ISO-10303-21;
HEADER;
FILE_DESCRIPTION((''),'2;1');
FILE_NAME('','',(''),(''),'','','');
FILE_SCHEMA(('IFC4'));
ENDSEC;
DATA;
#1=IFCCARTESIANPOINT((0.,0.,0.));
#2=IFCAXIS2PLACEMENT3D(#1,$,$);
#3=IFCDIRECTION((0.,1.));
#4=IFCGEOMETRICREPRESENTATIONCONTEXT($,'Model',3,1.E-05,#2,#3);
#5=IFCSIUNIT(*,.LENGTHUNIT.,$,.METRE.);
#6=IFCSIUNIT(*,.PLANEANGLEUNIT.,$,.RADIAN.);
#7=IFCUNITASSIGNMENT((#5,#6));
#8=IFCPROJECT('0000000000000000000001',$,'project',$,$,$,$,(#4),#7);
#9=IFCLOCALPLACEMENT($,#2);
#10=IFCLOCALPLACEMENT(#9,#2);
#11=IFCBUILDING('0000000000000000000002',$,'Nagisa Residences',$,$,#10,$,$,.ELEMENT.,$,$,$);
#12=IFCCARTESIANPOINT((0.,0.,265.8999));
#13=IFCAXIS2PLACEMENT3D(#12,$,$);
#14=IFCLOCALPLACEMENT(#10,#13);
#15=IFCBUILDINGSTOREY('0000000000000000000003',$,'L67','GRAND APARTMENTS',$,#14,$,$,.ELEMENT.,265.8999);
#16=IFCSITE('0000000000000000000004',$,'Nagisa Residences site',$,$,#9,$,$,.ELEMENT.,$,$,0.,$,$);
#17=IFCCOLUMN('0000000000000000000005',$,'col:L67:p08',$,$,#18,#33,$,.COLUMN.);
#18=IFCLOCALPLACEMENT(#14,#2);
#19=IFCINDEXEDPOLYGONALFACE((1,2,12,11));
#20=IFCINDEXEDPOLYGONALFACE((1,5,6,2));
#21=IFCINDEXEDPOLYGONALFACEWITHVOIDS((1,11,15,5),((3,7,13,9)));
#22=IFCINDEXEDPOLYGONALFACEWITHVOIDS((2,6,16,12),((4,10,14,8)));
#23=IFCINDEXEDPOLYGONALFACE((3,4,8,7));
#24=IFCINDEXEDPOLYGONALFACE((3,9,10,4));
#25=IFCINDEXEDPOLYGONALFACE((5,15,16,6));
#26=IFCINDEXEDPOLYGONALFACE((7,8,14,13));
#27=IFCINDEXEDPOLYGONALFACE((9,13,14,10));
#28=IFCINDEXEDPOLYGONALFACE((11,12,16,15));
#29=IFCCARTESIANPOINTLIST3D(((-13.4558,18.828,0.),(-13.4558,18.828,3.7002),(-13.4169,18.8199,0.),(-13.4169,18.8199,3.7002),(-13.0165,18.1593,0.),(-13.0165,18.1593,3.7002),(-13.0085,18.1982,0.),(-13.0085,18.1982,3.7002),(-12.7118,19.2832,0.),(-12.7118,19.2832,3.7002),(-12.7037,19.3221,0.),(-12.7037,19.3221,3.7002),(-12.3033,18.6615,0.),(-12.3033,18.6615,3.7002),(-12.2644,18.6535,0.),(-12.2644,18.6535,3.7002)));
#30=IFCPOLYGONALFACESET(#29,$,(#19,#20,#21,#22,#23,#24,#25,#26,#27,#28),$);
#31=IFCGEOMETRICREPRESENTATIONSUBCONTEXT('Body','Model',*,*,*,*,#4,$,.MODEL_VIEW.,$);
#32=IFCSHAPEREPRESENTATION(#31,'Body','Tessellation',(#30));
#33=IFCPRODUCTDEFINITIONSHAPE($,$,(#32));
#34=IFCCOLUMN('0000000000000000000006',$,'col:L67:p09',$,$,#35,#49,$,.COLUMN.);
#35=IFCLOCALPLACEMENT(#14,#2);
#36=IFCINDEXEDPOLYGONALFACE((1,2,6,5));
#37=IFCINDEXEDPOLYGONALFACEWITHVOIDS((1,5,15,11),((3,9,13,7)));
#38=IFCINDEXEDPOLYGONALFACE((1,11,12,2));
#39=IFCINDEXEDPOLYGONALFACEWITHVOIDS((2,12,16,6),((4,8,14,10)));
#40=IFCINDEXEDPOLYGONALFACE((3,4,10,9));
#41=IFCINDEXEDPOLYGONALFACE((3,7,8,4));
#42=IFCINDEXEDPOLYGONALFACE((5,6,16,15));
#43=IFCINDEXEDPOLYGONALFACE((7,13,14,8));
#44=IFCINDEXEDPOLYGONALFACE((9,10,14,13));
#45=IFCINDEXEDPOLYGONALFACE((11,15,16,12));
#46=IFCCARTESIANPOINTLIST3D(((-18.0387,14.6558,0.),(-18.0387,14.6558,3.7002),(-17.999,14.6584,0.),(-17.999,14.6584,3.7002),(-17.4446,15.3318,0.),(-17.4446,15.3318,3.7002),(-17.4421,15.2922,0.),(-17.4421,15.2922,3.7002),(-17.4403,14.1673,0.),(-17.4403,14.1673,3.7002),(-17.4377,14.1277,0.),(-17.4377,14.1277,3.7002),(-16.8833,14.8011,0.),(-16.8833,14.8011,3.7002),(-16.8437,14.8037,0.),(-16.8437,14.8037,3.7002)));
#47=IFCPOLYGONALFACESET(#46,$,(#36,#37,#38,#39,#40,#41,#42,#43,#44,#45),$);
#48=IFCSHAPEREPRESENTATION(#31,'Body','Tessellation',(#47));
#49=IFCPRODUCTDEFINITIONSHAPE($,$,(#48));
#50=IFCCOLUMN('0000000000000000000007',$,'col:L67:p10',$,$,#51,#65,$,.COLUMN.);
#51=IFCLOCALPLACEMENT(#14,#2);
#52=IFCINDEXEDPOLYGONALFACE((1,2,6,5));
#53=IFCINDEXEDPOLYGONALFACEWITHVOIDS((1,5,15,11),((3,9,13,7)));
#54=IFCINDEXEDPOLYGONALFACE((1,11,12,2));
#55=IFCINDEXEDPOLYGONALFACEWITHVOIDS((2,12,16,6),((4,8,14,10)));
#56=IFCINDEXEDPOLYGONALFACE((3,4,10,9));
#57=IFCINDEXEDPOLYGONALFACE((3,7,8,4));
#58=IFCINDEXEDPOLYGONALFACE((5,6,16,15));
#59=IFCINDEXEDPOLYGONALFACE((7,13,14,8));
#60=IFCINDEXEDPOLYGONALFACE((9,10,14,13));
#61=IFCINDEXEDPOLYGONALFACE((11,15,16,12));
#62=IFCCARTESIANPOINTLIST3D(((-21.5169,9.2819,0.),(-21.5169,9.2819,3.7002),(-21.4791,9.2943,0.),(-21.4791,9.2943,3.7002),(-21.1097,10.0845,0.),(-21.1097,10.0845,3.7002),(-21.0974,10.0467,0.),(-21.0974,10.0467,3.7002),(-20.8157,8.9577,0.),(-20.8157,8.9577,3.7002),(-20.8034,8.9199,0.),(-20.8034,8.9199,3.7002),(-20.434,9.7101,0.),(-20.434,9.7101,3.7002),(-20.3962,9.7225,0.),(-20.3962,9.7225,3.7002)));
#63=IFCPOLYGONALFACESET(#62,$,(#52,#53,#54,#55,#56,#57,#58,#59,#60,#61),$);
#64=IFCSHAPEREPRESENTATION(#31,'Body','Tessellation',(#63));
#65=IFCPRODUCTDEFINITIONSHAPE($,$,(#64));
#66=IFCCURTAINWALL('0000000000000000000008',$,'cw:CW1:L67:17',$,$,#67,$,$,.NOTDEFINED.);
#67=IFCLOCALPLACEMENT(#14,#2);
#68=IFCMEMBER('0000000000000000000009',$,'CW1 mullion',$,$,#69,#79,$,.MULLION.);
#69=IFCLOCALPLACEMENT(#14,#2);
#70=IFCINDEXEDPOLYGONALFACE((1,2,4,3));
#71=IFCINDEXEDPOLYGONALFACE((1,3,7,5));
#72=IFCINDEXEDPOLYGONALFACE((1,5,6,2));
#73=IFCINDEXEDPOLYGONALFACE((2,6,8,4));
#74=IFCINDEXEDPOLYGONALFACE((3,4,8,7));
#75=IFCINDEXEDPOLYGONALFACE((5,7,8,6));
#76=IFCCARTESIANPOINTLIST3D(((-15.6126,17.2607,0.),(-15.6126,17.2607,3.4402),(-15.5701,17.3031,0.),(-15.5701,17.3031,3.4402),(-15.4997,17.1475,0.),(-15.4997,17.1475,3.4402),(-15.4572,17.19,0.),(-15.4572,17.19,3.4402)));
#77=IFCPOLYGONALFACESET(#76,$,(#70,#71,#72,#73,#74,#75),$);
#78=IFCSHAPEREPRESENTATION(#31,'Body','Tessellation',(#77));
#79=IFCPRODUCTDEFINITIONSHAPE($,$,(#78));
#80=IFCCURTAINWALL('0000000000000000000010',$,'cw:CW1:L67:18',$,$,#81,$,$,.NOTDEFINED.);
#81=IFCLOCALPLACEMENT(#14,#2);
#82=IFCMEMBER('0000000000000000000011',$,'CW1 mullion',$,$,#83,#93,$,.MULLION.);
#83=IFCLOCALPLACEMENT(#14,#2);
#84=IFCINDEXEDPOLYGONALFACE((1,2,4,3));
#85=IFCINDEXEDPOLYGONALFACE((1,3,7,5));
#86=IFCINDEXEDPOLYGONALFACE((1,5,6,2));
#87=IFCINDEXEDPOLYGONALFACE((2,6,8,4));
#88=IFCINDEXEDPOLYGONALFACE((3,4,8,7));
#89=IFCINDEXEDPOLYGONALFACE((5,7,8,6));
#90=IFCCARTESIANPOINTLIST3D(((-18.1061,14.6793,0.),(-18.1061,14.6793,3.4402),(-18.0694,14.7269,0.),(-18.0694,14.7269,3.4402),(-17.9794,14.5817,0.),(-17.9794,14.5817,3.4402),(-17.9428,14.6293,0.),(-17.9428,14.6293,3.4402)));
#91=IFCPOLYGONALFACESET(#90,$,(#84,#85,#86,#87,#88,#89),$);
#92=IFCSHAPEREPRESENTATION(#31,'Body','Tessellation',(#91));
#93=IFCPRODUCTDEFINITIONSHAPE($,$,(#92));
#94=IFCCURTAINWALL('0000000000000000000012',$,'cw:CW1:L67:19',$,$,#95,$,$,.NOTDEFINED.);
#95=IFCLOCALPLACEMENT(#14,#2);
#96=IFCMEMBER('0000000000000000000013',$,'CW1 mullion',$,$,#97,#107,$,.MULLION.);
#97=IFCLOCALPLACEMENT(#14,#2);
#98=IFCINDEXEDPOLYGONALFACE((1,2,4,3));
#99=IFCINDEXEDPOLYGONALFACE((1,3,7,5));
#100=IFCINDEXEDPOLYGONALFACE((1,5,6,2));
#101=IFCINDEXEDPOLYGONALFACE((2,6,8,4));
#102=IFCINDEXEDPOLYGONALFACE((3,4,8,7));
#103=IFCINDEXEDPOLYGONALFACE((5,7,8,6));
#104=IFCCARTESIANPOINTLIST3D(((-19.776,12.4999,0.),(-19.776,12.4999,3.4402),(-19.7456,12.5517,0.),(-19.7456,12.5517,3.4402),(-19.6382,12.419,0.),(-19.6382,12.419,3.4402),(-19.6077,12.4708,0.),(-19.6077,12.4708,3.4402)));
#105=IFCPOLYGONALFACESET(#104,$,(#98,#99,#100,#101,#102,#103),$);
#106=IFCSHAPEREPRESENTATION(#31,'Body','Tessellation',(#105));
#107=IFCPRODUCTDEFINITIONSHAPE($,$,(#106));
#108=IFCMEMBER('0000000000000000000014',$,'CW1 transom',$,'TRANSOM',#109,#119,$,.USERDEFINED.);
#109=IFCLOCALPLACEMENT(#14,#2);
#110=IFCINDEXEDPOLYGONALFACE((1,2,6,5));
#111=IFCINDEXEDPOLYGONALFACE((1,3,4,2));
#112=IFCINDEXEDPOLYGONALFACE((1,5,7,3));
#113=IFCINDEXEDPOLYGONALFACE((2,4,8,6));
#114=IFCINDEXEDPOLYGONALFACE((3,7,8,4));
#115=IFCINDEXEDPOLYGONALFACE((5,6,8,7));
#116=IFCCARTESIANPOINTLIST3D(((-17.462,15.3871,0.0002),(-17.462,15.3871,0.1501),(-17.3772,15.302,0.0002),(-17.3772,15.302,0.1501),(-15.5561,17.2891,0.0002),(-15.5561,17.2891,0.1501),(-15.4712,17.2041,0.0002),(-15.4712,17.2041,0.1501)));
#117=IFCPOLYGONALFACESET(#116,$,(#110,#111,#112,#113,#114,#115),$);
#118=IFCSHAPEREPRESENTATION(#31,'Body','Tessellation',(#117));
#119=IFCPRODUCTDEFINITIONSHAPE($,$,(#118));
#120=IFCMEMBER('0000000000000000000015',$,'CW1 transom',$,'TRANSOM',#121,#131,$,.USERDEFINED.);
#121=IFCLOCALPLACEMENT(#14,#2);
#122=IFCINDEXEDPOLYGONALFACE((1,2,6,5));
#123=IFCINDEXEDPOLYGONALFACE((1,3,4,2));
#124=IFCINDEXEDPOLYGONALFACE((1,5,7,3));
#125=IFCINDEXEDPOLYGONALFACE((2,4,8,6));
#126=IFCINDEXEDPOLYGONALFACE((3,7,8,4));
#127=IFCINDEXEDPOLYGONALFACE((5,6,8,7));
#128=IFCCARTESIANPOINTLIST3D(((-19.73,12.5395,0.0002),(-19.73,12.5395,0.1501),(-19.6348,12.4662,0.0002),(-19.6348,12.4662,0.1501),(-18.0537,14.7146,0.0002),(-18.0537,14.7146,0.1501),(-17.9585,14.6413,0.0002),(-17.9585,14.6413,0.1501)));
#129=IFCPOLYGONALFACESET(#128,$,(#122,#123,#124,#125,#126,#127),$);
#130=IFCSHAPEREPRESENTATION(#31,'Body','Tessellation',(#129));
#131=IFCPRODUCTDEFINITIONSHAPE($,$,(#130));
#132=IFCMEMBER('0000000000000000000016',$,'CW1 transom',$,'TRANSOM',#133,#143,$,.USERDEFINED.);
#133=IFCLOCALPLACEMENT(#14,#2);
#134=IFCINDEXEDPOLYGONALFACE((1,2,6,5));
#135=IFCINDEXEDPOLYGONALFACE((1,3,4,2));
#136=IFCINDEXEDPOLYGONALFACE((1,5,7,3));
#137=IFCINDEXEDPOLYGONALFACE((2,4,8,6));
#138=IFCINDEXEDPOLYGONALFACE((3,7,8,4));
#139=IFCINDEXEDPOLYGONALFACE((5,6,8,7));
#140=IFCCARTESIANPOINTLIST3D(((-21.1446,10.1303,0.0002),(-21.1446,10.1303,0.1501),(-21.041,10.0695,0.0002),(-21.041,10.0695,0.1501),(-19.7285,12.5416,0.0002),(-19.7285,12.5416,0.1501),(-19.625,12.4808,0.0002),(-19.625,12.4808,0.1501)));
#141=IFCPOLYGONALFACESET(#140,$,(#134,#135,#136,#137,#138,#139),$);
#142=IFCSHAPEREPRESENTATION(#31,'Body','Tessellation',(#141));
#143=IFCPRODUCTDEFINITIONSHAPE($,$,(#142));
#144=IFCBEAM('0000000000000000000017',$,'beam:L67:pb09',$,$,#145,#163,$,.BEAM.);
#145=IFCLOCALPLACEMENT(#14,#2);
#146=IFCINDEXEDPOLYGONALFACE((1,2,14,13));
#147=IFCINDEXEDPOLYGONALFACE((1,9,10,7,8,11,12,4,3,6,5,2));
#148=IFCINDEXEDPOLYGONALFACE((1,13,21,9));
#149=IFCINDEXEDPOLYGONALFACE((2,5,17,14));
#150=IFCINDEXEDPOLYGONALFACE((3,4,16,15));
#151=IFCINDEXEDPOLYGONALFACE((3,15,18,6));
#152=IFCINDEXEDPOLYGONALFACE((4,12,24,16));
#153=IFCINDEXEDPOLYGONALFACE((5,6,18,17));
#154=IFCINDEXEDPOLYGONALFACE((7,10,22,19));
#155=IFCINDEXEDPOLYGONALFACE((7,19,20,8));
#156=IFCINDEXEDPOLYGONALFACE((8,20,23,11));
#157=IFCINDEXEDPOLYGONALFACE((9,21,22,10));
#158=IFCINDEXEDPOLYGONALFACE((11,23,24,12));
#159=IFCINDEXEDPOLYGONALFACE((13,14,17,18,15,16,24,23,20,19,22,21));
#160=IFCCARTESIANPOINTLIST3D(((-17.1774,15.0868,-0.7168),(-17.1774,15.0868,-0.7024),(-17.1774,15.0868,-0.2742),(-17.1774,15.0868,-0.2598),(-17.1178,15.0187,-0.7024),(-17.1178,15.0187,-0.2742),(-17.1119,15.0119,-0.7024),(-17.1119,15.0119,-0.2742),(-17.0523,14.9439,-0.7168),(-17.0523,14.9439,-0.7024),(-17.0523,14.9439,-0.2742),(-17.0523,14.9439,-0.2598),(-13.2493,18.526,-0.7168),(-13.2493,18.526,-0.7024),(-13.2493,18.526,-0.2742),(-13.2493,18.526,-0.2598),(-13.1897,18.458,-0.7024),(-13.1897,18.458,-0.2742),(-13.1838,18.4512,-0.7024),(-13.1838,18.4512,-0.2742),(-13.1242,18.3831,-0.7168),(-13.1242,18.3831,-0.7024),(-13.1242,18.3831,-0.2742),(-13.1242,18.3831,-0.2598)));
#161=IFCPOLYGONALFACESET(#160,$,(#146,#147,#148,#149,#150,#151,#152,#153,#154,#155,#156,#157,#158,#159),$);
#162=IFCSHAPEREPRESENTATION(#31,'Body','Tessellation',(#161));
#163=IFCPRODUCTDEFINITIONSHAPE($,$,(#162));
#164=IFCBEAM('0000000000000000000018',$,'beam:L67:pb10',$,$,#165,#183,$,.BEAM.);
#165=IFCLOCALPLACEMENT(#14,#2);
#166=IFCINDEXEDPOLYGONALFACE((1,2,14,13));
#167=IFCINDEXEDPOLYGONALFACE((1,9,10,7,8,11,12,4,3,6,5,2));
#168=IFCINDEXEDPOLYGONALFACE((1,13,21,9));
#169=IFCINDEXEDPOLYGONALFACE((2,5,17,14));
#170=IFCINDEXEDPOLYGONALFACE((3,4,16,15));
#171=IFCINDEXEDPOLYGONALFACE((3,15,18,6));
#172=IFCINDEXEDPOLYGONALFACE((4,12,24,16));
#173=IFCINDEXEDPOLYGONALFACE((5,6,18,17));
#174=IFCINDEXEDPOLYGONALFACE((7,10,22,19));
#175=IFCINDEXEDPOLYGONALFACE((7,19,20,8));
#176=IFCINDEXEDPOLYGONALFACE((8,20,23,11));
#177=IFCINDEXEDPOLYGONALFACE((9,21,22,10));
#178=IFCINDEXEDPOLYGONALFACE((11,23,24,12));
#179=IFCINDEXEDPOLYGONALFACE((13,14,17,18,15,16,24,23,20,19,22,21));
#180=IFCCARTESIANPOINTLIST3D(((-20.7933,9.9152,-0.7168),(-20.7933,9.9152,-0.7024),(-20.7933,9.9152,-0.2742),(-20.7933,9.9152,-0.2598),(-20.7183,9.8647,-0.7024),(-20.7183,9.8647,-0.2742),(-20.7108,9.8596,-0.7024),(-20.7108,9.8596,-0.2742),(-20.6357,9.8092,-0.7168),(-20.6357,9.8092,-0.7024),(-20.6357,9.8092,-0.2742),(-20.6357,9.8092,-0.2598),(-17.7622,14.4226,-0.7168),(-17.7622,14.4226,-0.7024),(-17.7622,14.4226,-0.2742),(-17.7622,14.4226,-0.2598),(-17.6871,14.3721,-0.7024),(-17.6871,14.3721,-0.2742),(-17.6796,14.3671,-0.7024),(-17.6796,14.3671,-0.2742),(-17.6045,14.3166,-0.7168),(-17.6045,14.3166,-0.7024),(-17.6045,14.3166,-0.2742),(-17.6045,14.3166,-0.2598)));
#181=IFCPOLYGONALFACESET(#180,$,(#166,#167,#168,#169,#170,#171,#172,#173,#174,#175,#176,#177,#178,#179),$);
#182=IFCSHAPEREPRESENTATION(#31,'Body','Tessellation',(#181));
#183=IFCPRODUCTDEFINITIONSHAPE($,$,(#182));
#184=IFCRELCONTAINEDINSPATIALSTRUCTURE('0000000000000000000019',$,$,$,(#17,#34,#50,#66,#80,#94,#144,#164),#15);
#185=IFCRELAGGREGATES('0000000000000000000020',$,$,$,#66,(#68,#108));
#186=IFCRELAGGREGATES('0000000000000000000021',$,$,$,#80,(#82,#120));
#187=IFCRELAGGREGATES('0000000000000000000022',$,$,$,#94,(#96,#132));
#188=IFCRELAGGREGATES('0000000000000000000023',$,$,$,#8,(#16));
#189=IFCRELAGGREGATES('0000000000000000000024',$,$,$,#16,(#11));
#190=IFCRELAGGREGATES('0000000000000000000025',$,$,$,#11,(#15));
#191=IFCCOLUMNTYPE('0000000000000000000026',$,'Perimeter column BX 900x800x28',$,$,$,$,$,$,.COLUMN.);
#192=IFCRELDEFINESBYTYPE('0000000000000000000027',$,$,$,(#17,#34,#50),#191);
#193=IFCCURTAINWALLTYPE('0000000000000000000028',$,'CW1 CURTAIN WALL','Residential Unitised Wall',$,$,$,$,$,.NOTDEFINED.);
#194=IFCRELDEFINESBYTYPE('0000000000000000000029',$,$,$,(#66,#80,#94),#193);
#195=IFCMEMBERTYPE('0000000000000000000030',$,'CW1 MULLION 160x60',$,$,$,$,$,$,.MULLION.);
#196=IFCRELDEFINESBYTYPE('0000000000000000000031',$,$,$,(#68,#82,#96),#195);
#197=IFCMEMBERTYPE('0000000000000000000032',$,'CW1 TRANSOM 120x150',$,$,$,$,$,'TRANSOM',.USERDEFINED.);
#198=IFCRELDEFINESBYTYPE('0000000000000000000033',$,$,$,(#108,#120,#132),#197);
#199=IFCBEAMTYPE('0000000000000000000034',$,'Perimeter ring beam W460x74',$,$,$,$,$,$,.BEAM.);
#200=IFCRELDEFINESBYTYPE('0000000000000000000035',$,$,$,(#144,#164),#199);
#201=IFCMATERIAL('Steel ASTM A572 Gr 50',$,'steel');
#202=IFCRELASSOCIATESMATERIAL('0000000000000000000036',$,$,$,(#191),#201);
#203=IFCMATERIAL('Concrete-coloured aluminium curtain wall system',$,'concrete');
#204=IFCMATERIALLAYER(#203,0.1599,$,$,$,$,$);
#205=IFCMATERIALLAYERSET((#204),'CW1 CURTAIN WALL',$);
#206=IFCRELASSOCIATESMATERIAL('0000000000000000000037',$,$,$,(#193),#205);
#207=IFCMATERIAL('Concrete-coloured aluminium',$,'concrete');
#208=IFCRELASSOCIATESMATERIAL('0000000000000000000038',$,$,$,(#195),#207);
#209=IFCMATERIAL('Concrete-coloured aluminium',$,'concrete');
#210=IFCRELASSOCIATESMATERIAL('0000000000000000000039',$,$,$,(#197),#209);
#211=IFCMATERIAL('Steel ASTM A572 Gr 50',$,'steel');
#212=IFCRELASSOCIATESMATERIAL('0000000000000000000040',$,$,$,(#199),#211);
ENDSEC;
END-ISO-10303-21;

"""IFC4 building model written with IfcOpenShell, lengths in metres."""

from ifc_helpers import new_model, si_unit, direction, frame, origin, origin_2d, place, context, subcontext, project, spatial, rectangle, hollow_rectangle, i_section, extrude, material, layer, layer_set, material_profile, profile_set, type_object, element, aggregate, save


model = new_model("IFC4")

# Units and contexts
model_context = context("Model", 3, precision=1e-05, world=origin(), true_north=direction((0.0, 1.0)))
body_context = subcontext(model_context, "Body", "Model", "MODEL_VIEW")
ifc_project = project(units=[si_unit("LENGTHUNIT", "METRE"), si_unit("PLANEANGLEUNIT", "RADIAN")], contexts=[model_context])

# Site, building, storey
site_placement = place(None, origin())
site = spatial("IfcSite", under=ifc_project, at=site_placement, Name="Nagisa Residences site", CompositionType="ELEMENT", RefElevation=0.0)
building_placement = place(site_placement, origin())
building = spatial("IfcBuilding", under=site, at=building_placement, Name="Nagisa Residences", CompositionType="ELEMENT")
storey_placement = place(building_placement, frame((0.0, 0.0, 265.8999)))
storey = spatial("IfcBuildingStorey", under=building, at=storey_placement, Name="L67", Description="GRAND APARTMENTS", CompositionType="ELEMENT", Elevation=265.8999)

# Columns
ifc_material_1 = material(Name="Steel ASTM A572 Gr 50", Category="steel")
ifc_material_profile_1 = material_profile(ifc_material_1, hollow_rectangle(XDim=0.8999, YDim=0.8, WallThickness=0.0281, at=origin_2d()), Name="BX 900x800x28")
ifc_profile_set_1 = profile_set([ifc_material_profile_1], Name="Steel ASTM A572 Gr 50")
column_type = type_object("IfcColumnType", Name="Perimeter column BX 900x800x28", PredefinedType="COLUMN", material=ifc_profile_set_1)
for number, where, z_axis, x_axis, name in (
    (1, (-12.8601, 18.7407, 0.0), (0.0, 0.0, 1.0), (-0.835766, -0.549086, 0.0), "col:L67:p08"),
    (2, (-17.4412, 14.7297, 0.0), (0.0, 0.0, 1.0), (-0.660115, -0.751165, 0.0), "col:L67:p09"),
    (3, (-20.9565, 9.5022, 0.0), (0.0, 0.0, 1.0), (-0.452463, -0.891783, 0.0), "col:L67:p10"),
):
    element("IfcColumn", number, at=place(storey_placement, frame(where, z_axis=z_axis, x_axis=x_axis)), inside=storey, type_object=column_type, Name=name, PredefinedType="COLUMN", context=body_context, shape_type="SweptSolid", body=[
        extrude(hollow_rectangle(XDim=0.8999, YDim=0.8, WallThickness=0.0281, at=origin_2d()), origin(), (0.0, 0.0, 1.0), 3.7002),
    ])

# Curtain walls, members
ifc_material_2 = material(Name="Concrete-coloured aluminium curtain wall system", Category="concrete")
ifc_layer_1 = layer(ifc_material_2, 0.1599)
ifc_layer_set_1 = layer_set([ifc_layer_1], Name="CW1 CURTAIN WALL")
curtain_wall_type = type_object("IfcCurtainWallType", Name="CW1 CURTAIN WALL", Description="Residential Unitised Wall", PredefinedType="NOTDEFINED", material=ifc_layer_set_1)
curtain_wall_1_placement = place(storey_placement, origin())
curtain_wall_1 = element("IfcCurtainWall", 4, at=curtain_wall_1_placement, inside=storey, type_object=curtain_wall_type, Name="cw:CW1:L67:17", PredefinedType="NOTDEFINED")
ifc_material_3 = material(Name="Concrete-coloured aluminium", Category="concrete")
ifc_material_profile_2 = material_profile(ifc_material_3, rectangle(XDim=0.1599, YDim=0.0601, at=origin_2d()), Name="CW1 MULLION 160x60")
ifc_profile_set_2 = profile_set([ifc_material_profile_2], Name="Concrete-coloured aluminium")
member_type_1 = type_object("IfcMemberType", Name="CW1 MULLION 160x60", PredefinedType="MULLION", material=ifc_profile_set_2)
member_1_placement = place(storey_placement, frame((-15.5349, 17.2253, 0.0), z_axis=(0.0, 0.0, 1.0), x_axis=(0.706377, -0.707836, 0.0)))
member_1 = element("IfcMember", 5, at=member_1_placement, type_object=member_type_1, Name="CW1 mullion", PredefinedType="MULLION", context=body_context, shape_type="SweptSolid", body=[
    extrude(rectangle(XDim=0.1599, YDim=0.0601, at=origin_2d()), origin(), (0.0, 0.0, 1.0), 3.4402),
])
curtain_wall_2_placement = place(storey_placement, origin())
curtain_wall_2 = element("IfcCurtainWall", 6, at=curtain_wall_2_placement, inside=storey, type_object=curtain_wall_type, Name="cw:CW1:L67:18", PredefinedType="NOTDEFINED")
member_2_placement = place(storey_placement, frame((-18.0244, 14.6543, 0.0), z_axis=(0.0, 0.0, 1.0), x_axis=(0.79207, -0.61043, 0.0)))
member_2 = element("IfcMember", 7, at=member_2_placement, type_object=member_type_1, Name="CW1 mullion", PredefinedType="MULLION", context=body_context, shape_type="SweptSolid", body=[
    extrude(rectangle(XDim=0.1599, YDim=0.0601, at=origin_2d()), origin(), (0.0, 0.0, 1.0), 3.4402),
])
curtain_wall_3_placement = place(storey_placement, origin())
curtain_wall_3 = element("IfcCurtainWall", 8, at=curtain_wall_3_placement, inside=storey, type_object=curtain_wall_type, Name="cw:CW1:L67:19", PredefinedType="NOTDEFINED")
member_3_placement = place(storey_placement, frame((-19.6919, 12.4854, 0.0), z_axis=(0.0, 0.0, 1.0), x_axis=(0.862329, -0.506349, 0.0)))
member_3 = element("IfcMember", 9, at=member_3_placement, type_object=member_type_1, Name="CW1 mullion", PredefinedType="MULLION", context=body_context, shape_type="SweptSolid", body=[
    extrude(rectangle(XDim=0.1599, YDim=0.0601, at=origin_2d()), origin(), (0.0, 0.0, 1.0), 3.4402),
])

# Members
ifc_material_4 = material(Name="Concrete-coloured aluminium", Category="concrete")
ifc_material_profile_3 = material_profile(ifc_material_4, rectangle(XDim=0.1201, YDim=0.1499, at=origin_2d()), Name="CW1 TRANSOM 120x150")
ifc_profile_set_3 = profile_set([ifc_material_profile_3], Name="Concrete-coloured aluminium")
member_type_2 = type_object("IfcMemberType", Name="CW1 TRANSOM 120x150", ElementType="TRANSOM", PredefinedType="USERDEFINED", material=ifc_profile_set_3)
member_4_placement = place(storey_placement, frame((-15.5137, 17.2466, 0.0752), z_axis=(-0.707832, -0.706381, 0.0), x_axis=(0.706381, -0.707832, 0.0)))
member_4 = element("IfcMember", 10, at=member_4_placement, type_object=member_type_2, Name="CW1 transom", ObjectType="TRANSOM", PredefinedType="USERDEFINED", context=body_context, shape_type="SweptSolid", body=[
    extrude(rectangle(XDim=0.1201, YDim=0.1499, at=origin_2d()), origin(), (0.0, 0.0, 1.0), 2.6926),
])
member_5_placement = place(storey_placement, frame((-18.0061, 14.678, 0.0752), z_axis=(-0.610432, -0.792068, 0.0), x_axis=(0.792068, -0.610432, 0.0)))
member_5 = element("IfcMember", 11, at=member_5_placement, type_object=member_type_2, Name="CW1 transom", ObjectType="TRANSOM", PredefinedType="USERDEFINED", context=body_context, shape_type="SweptSolid", body=[
    extrude(rectangle(XDim=0.1201, YDim=0.1499, at=origin_2d()), origin(), (0.0, 0.0, 1.0), 2.7461),
])
member_6_placement = place(storey_placement, frame((-19.6768, 12.5112, 0.0752), z_axis=(-0.506371, -0.862316, 0.0), x_axis=(0.862316, -0.506371, 0.0)))
member_6 = element("IfcMember", 12, at=member_6_placement, type_object=member_type_2, Name="CW1 transom", ObjectType="TRANSOM", PredefinedType="USERDEFINED", context=body_context, shape_type="SweptSolid", body=[
    extrude(rectangle(XDim=0.1201, YDim=0.1499, at=origin_2d()), origin(), (0.0, 0.0, 1.0), 2.7964),
])

# Beams
ifc_material_5 = material(Name="Steel ASTM A572 Gr 50", Category="steel")
ifc_material_profile_4 = material_profile(ifc_material_5, i_section(OverallWidth=0.1899, OverallDepth=0.457, WebThickness=0.009, FlangeThickness=0.0144, at=origin_2d()), Name="W460x74")
ifc_profile_set_4 = profile_set([ifc_material_profile_4], Name="Steel ASTM A572 Gr 50")
beam_type_1 = type_object("IfcBeamType", Name="Perimeter ring beam W460x74", PredefinedType="BEAM", material=ifc_profile_set_4)
beam_1_placement = place(storey_placement, frame((-13.1868, 18.4546, -0.4883), z_axis=(-0.752365, -0.658746, 0.0), x_axis=(0.658746, -0.752365, 0.0)))
element("IfcBeam", 13, at=beam_1_placement, inside=storey, type_object=beam_type_1, Name="beam:L67:pb09", PredefinedType="BEAM", context=body_context, shape_type="SweptSolid", body=[
    extrude(i_section(OverallWidth=0.1899, OverallDepth=0.457, WebThickness=0.009, FlangeThickness=0.0144, at=origin_2d()), origin(), (0.0, 0.0, 1.0), 5.2209),
])
beam_2_placement = place(storey_placement, frame((-17.6833, 14.3696, -0.4883), z_axis=(-0.558035, -0.829817, 0.0), x_axis=(0.829817, -0.558035, 0.0)))
element("IfcBeam", 14, at=beam_2_placement, inside=storey, type_object=beam_type_1, Name="beam:L67:pb10", PredefinedType="BEAM", context=body_context, shape_type="SweptSolid", body=[
    extrude(i_section(OverallWidth=0.1899, OverallDepth=0.457, WebThickness=0.009, FlangeThickness=0.0144, at=origin_2d()), origin(), (0.0, 0.0, 1.0), 5.4319),
])

aggregate(curtain_wall_1, [member_1, member_4])
aggregate(curtain_wall_2, [member_2, member_5])
aggregate(curtain_wall_3, [member_3, member_6])

save(model, "model.ifc")
